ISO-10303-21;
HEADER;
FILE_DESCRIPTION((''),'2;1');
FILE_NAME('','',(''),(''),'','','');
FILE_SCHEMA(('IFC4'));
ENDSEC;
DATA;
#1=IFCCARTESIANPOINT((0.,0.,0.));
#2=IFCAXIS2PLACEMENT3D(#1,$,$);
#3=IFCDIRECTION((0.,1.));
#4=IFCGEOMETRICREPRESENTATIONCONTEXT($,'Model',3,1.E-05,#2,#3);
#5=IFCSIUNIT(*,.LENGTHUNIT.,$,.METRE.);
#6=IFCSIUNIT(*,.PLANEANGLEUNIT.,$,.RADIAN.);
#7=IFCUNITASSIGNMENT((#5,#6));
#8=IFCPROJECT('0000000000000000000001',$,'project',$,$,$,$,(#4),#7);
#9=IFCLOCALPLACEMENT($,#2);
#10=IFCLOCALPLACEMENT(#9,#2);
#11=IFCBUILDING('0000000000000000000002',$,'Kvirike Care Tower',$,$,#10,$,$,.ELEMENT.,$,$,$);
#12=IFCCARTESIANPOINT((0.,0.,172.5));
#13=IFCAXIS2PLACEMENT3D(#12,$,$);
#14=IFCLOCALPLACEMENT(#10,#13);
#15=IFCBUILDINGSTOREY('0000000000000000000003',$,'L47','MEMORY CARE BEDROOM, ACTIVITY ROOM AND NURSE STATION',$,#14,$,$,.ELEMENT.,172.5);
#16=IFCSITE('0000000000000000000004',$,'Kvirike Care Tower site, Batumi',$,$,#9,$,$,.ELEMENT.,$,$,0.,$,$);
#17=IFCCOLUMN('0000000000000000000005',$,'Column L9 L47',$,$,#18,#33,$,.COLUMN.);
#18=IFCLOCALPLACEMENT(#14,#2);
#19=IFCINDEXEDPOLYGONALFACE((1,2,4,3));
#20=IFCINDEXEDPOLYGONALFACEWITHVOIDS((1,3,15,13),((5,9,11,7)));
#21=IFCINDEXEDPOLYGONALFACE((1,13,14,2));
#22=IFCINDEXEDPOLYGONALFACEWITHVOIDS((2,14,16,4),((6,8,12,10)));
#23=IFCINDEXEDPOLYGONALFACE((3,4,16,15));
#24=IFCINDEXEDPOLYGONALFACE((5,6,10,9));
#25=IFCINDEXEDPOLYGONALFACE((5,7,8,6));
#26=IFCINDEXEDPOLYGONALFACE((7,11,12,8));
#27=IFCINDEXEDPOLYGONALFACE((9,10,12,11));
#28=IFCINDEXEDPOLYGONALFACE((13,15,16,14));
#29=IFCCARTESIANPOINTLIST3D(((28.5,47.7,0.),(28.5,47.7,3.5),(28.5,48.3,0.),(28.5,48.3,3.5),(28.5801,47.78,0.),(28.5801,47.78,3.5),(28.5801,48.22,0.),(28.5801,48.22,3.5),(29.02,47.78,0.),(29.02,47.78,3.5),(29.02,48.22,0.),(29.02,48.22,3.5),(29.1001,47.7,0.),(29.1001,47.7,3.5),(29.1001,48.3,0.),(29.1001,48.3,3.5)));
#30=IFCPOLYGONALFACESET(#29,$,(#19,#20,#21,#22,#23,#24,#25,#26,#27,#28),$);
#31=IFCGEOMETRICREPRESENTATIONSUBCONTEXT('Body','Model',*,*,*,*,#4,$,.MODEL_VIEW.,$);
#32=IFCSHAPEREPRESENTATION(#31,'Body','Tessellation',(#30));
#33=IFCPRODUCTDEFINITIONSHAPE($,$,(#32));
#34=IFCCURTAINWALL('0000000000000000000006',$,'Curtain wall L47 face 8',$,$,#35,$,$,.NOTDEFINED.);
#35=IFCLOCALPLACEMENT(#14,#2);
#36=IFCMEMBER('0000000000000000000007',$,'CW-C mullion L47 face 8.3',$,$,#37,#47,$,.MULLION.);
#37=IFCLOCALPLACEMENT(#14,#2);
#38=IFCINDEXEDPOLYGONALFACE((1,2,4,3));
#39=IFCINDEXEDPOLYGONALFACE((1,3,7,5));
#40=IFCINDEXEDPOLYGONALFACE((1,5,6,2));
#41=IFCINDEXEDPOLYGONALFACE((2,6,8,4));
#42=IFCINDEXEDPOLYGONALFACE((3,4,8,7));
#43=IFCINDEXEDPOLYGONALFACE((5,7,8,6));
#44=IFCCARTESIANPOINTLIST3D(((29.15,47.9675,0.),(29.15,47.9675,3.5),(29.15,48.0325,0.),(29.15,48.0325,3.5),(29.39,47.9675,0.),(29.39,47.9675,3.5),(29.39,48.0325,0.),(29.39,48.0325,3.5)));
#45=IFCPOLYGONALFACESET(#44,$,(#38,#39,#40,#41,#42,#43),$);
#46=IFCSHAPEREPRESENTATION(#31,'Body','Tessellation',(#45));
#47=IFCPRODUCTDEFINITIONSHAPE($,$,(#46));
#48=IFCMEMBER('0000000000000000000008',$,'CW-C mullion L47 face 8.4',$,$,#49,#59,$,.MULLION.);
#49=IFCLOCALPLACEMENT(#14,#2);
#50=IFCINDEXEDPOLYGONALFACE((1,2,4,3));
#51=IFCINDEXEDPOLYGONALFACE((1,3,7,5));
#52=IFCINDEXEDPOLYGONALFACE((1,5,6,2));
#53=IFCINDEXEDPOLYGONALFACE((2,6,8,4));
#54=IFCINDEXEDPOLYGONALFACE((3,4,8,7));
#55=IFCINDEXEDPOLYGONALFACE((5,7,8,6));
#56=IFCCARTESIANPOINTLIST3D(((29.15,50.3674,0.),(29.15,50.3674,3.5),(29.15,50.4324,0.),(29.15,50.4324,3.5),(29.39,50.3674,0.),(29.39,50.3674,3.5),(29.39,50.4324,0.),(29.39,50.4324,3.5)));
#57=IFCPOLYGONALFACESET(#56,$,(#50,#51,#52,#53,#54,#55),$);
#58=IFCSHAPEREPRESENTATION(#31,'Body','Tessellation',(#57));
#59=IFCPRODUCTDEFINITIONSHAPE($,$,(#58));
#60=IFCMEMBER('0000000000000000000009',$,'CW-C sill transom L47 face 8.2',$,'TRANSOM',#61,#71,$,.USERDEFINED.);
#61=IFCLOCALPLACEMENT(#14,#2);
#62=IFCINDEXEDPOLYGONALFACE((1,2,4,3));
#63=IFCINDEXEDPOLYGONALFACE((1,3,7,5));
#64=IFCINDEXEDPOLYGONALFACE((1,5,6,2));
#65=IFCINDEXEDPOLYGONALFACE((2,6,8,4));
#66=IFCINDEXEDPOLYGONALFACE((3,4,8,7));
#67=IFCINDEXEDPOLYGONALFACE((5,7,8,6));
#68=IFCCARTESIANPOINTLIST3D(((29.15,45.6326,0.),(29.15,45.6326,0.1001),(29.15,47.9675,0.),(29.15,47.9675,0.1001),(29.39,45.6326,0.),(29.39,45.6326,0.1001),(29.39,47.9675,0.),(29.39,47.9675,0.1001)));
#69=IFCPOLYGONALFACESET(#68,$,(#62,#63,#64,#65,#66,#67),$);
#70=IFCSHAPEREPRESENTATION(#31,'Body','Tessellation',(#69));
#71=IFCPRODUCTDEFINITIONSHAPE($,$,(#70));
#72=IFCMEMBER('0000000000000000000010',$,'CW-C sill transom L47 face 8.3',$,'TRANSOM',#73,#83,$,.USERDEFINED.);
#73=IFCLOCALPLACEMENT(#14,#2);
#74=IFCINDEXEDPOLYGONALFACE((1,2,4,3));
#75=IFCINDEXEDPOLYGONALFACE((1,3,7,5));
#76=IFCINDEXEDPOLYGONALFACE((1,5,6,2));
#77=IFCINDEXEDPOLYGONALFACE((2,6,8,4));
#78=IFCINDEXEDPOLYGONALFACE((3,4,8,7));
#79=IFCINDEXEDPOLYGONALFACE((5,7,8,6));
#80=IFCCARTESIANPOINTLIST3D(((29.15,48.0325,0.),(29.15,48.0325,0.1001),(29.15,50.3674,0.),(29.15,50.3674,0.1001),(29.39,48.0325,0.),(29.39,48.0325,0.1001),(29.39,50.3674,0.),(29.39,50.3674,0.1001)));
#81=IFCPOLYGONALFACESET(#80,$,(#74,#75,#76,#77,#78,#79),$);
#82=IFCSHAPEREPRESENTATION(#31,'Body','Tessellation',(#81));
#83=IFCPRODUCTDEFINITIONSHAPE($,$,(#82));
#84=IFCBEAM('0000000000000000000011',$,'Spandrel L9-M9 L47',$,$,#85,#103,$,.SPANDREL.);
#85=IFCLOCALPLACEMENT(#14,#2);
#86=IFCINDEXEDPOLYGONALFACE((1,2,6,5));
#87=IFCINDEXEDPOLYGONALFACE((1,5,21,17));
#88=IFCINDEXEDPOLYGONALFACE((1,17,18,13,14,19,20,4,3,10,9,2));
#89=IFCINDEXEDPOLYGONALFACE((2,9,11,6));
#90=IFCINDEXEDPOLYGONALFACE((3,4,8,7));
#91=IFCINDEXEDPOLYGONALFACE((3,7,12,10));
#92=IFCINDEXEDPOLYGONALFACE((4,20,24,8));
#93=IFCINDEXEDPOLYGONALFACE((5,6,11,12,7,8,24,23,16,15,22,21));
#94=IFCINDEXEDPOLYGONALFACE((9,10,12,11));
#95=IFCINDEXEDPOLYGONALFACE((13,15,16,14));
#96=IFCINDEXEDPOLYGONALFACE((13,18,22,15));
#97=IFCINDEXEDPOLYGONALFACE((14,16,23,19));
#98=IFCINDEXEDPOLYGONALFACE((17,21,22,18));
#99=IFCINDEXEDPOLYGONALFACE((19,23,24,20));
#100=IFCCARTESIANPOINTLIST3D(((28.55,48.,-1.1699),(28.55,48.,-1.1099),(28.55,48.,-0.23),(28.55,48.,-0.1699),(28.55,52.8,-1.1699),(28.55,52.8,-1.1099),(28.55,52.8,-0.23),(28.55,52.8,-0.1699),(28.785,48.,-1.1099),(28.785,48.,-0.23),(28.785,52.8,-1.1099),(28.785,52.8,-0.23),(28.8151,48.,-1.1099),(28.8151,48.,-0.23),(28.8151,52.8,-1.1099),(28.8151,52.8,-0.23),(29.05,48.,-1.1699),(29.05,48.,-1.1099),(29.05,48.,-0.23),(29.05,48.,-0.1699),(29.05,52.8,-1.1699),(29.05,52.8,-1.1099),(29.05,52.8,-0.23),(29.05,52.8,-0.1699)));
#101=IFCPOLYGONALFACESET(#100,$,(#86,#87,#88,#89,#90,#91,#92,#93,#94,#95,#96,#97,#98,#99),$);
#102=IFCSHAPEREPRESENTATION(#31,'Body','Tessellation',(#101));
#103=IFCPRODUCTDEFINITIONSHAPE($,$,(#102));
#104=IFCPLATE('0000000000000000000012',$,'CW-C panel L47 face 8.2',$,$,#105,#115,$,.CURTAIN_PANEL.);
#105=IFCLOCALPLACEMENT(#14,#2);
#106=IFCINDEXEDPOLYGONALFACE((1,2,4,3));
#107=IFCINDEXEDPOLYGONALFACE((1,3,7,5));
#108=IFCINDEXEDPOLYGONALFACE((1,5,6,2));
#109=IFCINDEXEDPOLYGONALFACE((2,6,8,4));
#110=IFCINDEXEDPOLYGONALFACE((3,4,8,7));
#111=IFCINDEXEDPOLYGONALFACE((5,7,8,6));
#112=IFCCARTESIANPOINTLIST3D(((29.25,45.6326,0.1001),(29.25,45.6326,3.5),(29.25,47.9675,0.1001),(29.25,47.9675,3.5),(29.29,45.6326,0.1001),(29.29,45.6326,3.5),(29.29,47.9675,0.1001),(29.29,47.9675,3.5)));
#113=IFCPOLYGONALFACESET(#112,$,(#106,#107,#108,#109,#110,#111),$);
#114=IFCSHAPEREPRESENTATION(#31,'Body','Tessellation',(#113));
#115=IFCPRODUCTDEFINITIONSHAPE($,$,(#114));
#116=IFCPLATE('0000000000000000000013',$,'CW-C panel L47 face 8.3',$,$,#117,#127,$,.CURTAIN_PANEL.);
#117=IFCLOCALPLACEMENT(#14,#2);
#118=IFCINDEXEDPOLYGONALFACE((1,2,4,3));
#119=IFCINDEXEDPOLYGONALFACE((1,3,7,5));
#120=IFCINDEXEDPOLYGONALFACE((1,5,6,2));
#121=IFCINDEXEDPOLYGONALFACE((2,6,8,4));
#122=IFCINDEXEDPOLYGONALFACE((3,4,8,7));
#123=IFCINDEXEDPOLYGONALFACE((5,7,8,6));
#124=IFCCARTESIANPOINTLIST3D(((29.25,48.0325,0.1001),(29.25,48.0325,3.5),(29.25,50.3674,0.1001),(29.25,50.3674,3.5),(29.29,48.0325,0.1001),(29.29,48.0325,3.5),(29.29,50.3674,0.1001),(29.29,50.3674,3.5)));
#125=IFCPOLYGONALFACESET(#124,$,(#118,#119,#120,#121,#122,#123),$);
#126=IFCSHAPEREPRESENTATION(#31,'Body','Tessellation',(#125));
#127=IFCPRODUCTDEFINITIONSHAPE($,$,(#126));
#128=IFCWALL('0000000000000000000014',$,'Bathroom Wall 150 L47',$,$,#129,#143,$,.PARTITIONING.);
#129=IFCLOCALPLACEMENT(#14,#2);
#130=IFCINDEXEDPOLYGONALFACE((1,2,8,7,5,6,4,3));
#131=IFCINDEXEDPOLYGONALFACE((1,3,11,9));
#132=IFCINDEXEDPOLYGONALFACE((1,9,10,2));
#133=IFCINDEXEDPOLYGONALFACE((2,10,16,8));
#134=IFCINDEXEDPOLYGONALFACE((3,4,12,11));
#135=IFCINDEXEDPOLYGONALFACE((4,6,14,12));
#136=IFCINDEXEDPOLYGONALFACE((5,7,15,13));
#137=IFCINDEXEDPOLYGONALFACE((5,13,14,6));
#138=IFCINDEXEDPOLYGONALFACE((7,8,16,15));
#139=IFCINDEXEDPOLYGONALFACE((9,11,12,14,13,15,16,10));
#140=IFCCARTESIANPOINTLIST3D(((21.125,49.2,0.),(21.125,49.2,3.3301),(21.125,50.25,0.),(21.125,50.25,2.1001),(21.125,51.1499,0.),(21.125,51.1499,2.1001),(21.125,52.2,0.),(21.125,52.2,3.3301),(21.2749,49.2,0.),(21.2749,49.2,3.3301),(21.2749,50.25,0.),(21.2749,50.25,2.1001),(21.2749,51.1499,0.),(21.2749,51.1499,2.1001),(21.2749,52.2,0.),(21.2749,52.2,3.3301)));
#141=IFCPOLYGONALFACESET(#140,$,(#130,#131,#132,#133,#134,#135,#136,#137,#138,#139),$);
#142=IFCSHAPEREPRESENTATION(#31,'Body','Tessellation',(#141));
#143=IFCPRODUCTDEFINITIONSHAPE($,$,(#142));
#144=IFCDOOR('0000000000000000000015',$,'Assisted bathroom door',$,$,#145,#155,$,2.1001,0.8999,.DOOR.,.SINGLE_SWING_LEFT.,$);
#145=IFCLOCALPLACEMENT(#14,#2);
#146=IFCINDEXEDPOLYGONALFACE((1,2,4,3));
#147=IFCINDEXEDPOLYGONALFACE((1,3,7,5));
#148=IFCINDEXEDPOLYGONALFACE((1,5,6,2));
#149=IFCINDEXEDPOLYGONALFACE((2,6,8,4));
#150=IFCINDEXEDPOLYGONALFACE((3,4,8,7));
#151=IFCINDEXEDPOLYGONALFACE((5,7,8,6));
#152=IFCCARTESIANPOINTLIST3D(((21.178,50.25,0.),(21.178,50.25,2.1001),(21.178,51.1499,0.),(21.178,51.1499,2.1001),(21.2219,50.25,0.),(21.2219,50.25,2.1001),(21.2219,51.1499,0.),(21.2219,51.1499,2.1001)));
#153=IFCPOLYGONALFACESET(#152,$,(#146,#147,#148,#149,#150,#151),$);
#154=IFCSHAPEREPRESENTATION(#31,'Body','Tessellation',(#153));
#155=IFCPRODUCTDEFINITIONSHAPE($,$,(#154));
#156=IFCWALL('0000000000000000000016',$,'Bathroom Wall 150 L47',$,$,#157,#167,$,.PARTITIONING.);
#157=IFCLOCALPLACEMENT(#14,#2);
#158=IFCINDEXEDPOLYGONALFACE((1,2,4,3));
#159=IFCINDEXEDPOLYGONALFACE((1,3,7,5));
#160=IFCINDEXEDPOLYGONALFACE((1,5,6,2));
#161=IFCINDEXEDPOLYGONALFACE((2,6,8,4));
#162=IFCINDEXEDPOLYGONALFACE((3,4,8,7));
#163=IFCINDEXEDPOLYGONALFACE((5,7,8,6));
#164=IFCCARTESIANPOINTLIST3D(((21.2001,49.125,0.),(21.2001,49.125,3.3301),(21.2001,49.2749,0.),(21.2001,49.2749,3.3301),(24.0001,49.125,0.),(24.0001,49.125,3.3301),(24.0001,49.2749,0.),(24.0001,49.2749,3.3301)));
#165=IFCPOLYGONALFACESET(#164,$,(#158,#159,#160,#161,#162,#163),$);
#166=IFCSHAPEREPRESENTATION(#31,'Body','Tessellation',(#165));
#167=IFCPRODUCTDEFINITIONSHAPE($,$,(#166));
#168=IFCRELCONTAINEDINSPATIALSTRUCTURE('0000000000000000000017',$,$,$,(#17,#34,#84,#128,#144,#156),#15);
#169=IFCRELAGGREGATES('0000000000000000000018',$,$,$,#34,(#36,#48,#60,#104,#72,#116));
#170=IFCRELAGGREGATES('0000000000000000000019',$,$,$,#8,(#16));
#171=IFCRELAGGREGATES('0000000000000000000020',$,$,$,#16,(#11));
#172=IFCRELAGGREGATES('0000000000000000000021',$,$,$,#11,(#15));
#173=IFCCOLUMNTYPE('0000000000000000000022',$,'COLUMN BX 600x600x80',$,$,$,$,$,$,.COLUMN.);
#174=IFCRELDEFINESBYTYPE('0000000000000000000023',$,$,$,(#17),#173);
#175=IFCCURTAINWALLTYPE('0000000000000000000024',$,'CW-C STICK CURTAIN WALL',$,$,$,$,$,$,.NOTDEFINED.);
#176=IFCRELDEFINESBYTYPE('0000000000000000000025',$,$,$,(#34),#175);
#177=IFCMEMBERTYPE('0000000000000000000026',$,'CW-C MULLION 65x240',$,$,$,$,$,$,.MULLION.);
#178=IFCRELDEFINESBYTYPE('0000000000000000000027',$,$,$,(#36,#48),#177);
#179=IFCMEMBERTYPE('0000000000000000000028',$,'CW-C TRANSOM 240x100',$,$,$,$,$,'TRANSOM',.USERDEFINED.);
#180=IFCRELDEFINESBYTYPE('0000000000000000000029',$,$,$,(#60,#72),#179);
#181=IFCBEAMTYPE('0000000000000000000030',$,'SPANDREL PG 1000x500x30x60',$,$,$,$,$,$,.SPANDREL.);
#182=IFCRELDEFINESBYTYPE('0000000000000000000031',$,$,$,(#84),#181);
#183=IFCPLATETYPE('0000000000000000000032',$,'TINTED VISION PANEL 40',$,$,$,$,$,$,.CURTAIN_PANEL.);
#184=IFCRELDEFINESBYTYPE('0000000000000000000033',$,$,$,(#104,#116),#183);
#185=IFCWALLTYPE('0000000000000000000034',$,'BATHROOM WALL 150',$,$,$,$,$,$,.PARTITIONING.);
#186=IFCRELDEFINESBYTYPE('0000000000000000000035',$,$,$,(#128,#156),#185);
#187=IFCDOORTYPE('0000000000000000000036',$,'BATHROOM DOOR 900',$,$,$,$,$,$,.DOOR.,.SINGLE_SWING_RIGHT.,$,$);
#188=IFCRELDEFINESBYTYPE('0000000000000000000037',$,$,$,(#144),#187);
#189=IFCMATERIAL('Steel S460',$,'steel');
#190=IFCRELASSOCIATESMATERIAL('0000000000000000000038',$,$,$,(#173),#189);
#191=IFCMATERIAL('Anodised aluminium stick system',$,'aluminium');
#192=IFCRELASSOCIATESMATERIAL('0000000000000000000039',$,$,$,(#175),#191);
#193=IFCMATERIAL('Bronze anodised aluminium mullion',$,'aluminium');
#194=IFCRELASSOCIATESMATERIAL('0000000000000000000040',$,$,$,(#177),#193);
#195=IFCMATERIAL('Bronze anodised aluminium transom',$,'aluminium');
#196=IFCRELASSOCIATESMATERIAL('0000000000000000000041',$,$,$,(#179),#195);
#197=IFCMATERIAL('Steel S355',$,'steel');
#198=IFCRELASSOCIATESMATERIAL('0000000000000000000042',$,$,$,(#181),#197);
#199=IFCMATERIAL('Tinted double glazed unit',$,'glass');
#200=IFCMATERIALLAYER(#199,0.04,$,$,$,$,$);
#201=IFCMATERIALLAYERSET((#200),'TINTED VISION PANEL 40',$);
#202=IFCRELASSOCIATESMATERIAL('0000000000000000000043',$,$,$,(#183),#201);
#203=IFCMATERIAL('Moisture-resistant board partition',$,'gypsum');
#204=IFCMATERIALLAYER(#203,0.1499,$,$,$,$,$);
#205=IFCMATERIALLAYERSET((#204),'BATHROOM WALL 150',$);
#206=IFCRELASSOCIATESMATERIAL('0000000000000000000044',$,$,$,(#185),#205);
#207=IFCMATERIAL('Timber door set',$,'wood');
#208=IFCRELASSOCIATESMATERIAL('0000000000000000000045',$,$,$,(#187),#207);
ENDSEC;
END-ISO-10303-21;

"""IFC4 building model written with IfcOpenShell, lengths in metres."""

from ifc_helpers import new_model, si_unit, direction, frame, frame_2d, origin, origin_2d, place, context, subcontext, project, spatial, rectangle, hollow_rectangle, i_section, extrude, material, layer, layer_set, material_profile, profile_set, type_object, element, fill, aggregate, save


model = new_model("IFC4")

# Units and contexts
model_context = context("Model", 3, precision=1e-05, world=origin(), true_north=direction((0.0, 1.0)))
body_context = subcontext(model_context, "Body", "Model", "MODEL_VIEW")
ifc_project = project(units=[si_unit("LENGTHUNIT", "METRE"), si_unit("PLANEANGLEUNIT", "RADIAN")], contexts=[model_context])

# Site, building, storey
site_placement = place(None, origin())
site = spatial("IfcSite", under=ifc_project, at=site_placement, Name="Kvirike Care Tower site, Batumi", CompositionType="ELEMENT", RefElevation=0.0)
building_placement = place(site_placement, origin())
building = spatial("IfcBuilding", under=site, at=building_placement, Name="Kvirike Care Tower", CompositionType="ELEMENT")
storey_placement = place(building_placement, frame((0.0, 0.0, 172.5)))
storey = spatial("IfcBuildingStorey", under=building, at=storey_placement, Name="L47", Description="MEMORY CARE BEDROOM, ACTIVITY ROOM AND NURSE STATION", CompositionType="ELEMENT", Elevation=172.5)

# Column
ifc_material_1 = material(Name="Steel S460", Category="steel")
ifc_material_profile_1 = material_profile(ifc_material_1, hollow_rectangle(XDim=0.6001, YDim=0.6001, WallThickness=0.0801, at=origin_2d()), Name="BX 600x600x80")
ifc_profile_set_1 = profile_set([ifc_material_profile_1], Name="Steel S460")
column_type = type_object("IfcColumnType", Name="COLUMN BX 600x600x80", PredefinedType="COLUMN", material=ifc_profile_set_1)
column_placement = place(storey_placement, frame((28.8, 48.0, 0.0), z_axis=(0.0, 0.0, 1.0), x_axis=(1.0, 0.0, 0.0)))
element("IfcColumn", 1, at=column_placement, inside=storey, type_object=column_type, Name="Column L9 L47", PredefinedType="COLUMN", context=body_context, shape_type="SweptSolid", body=[
    extrude(hollow_rectangle(XDim=0.6001, YDim=0.6001, WallThickness=0.0801, at=origin_2d()), origin(), (0.0, 0.0, 1.0), 3.5),
])

# Curtain wall, members
ifc_material_2 = material(Name="Anodised aluminium stick system", Category="aluminium")
curtain_wall_type = type_object("IfcCurtainWallType", Name="CW-C STICK CURTAIN WALL", PredefinedType="NOTDEFINED", material=ifc_material_2)
curtain_wall_placement = place(storey_placement, origin())
curtain_wall = element("IfcCurtainWall", 2, at=curtain_wall_placement, inside=storey, type_object=curtain_wall_type, Name="Curtain wall L47 face 8", PredefinedType="NOTDEFINED")
ifc_material_3 = material(Name="Bronze anodised aluminium mullion", Category="aluminium")
ifc_material_profile_2 = material_profile(ifc_material_3, rectangle(XDim=0.0649, YDim=0.24, at=origin_2d()), Name="CW-C MULLION 65x240")
ifc_profile_set_2 = profile_set([ifc_material_profile_2], Name="Bronze anodised aluminium mullion")
member_type_1 = type_object("IfcMemberType", Name="CW-C MULLION 65x240", PredefinedType="MULLION", material=ifc_profile_set_2)
member_1_placement = place(storey_placement, frame((29.27, 48.0, 0.0), z_axis=(0.0, 0.0, 1.0), x_axis=(0.0, 1.0, 0.0)))
member_1 = element("IfcMember", 3, at=member_1_placement, type_object=member_type_1, Name="CW-C mullion L47 face 8.3", PredefinedType="MULLION", context=body_context, shape_type="SweptSolid", body=[
    extrude(rectangle(XDim=0.0649, YDim=0.24, at=origin_2d()), origin(), (0.0, 0.0, 1.0), 3.5),
])
member_2_placement = place(storey_placement, frame((29.27, 50.3999, 0.0), z_axis=(0.0, 0.0, 1.0), x_axis=(0.0, 1.0, 0.0)))
member_2 = element("IfcMember", 4, at=member_2_placement, type_object=member_type_1, Name="CW-C mullion L47 face 8.4", PredefinedType="MULLION", context=body_context, shape_type="SweptSolid", body=[
    extrude(rectangle(XDim=0.0649, YDim=0.24, at=origin_2d()), origin(), (0.0, 0.0, 1.0), 3.5),
])
ifc_material_4 = material(Name="Bronze anodised aluminium transom", Category="aluminium")
ifc_material_profile_3 = material_profile(ifc_material_4, rectangle(XDim=0.24, YDim=0.1001, at=origin_2d()), Name="CW-C TRANSOM 240x100")
ifc_profile_set_3 = profile_set([ifc_material_profile_3], Name="Bronze anodised aluminium transom")
member_type_2 = type_object("IfcMemberType", Name="CW-C TRANSOM 240x100", ElementType="TRANSOM", PredefinedType="USERDEFINED", material=ifc_profile_set_3)
member_3_placement = place(storey_placement, frame((29.27, 45.6326, 0.05), z_axis=(0.0, 1.0, 0.0), x_axis=(-1.0, 0.0, 0.0)))
member_3 = element("IfcMember", 5, at=member_3_placement, type_object=member_type_2, Name="CW-C sill transom L47 face 8.2", ObjectType="TRANSOM", PredefinedType="USERDEFINED", context=body_context, shape_type="SweptSolid", body=[
    extrude(rectangle(XDim=0.24, YDim=0.1001, at=origin_2d()), origin(), (0.0, 0.0, 1.0), 2.335),
])
member_4_placement = place(storey_placement, frame((29.27, 48.0325, 0.05), z_axis=(0.0, 1.0, 0.0), x_axis=(-1.0, 0.0, 0.0)))
member_4 = element("IfcMember", 6, at=member_4_placement, type_object=member_type_2, Name="CW-C sill transom L47 face 8.3", ObjectType="TRANSOM", PredefinedType="USERDEFINED", context=body_context, shape_type="SweptSolid", body=[
    extrude(rectangle(XDim=0.24, YDim=0.1001, at=origin_2d()), origin(), (0.0, 0.0, 1.0), 2.335),
])

# Beam
ifc_material_5 = material(Name="Steel S355", Category="steel")
ifc_material_profile_4 = material_profile(ifc_material_5, i_section(OverallWidth=0.5, OverallDepth=1.0, WebThickness=0.03, FlangeThickness=0.0601, at=origin_2d()), Name="PG 1000x500x30x60")
ifc_profile_set_4 = profile_set([ifc_material_profile_4], Name="Steel S355")
beam_type = type_object("IfcBeamType", Name="SPANDREL PG 1000x500x30x60", PredefinedType="SPANDREL", material=ifc_profile_set_4)
beam_placement = place(storey_placement, frame((28.8, 48.0, -0.6699), z_axis=(0.0, 1.0, 0.0), x_axis=(-1.0, 0.0, 0.0)))
element("IfcBeam", 7, at=beam_placement, inside=storey, type_object=beam_type, Name="Spandrel L9-M9 L47", PredefinedType="SPANDREL", context=body_context, shape_type="SweptSolid", body=[
    extrude(i_section(OverallWidth=0.5, OverallDepth=1.0, WebThickness=0.03, FlangeThickness=0.0601, at=origin_2d()), origin(), (0.0, 0.0, 1.0), 4.8),
])

# Plates
ifc_material_6 = material(Name="Tinted double glazed unit", Category="glass")
ifc_layer_1 = layer(ifc_material_6, 0.04)
ifc_layer_set_1 = layer_set([ifc_layer_1], Name="TINTED VISION PANEL 40")
plate_type = type_object("IfcPlateType", Name="TINTED VISION PANEL 40", PredefinedType="CURTAIN_PANEL", material=ifc_layer_set_1)
plate_1_placement = place(storey_placement, frame((29.27, 46.8, 0.1001), z_axis=(0.0, 0.0, 1.0), x_axis=(0.0, 1.0, 0.0)))
plate_1 = element("IfcPlate", 8, at=plate_1_placement, type_object=plate_type, Name="CW-C panel L47 face 8.2", PredefinedType="CURTAIN_PANEL", context=body_context, shape_type="SweptSolid", body=[
    extrude(rectangle(XDim=2.335, YDim=0.04, at=origin_2d()), origin(), (0.0, 0.0, 1.0), 3.3999),
])
plate_2_placement = place(storey_placement, frame((29.27, 49.2, 0.1001), z_axis=(0.0, 0.0, 1.0), x_axis=(0.0, 1.0, 0.0)))
plate_2 = element("IfcPlate", 9, at=plate_2_placement, type_object=plate_type, Name="CW-C panel L47 face 8.3", PredefinedType="CURTAIN_PANEL", context=body_context, shape_type="SweptSolid", body=[
    extrude(rectangle(XDim=2.335, YDim=0.04, at=origin_2d()), origin(), (0.0, 0.0, 1.0), 3.3999),
])
aggregate(curtain_wall, [member_1, member_2, member_3, plate_1, member_4, plate_2])

# Wall, opening, door
ifc_material_7 = material(Name="Moisture-resistant board partition", Category="gypsum")
ifc_layer_2 = layer(ifc_material_7, 0.1499)
ifc_layer_set_2 = layer_set([ifc_layer_2], Name="BATHROOM WALL 150")
wall_type_1 = type_object("IfcWallType", Name="BATHROOM WALL 150", PredefinedType="PARTITIONING", material=ifc_layer_set_2)
wall_1_placement = place(storey_placement, frame((21.2, 52.2, 0.0), z_axis=(0.0, 0.0, 1.0), x_axis=(0.0, -1.0, 0.0)))
wall_1 = element("IfcWall", 10, at=wall_1_placement, inside=storey, type_object=wall_type_1, Name="Bathroom Wall 150 L47", PredefinedType="PARTITIONING", context=body_context, shape_type="SweptSolid", body=[
    extrude(rectangle(XDim=3.0, YDim=0.1499, at=frame_2d((1.5, 0.0))), origin(), (0.0, 0.0, 1.0), 3.3301),
])
opening_1_placement = place(wall_1_placement, frame((1.05, 0.0, 0.0)))
opening_1 = element("IfcOpeningElement", 11, at=opening_1_placement, cuts=wall_1, PredefinedType="OPENING", context=body_context, shape_type="SweptSolid", body=[
    extrude(rectangle(XDim=0.8999, YDim=2.1001, at=frame_2d((0.45, 1.05))), frame((0.0, 0.0854, 0.0), z_axis=(0.0, -1.0, 0.0), x_axis=(1.0, 0.0, 0.0)), (0.0, 0.0, 1.0), 0.1709),
])
ifc_material_8 = material(Name="Timber door set", Category="wood")
door_type_1 = type_object("IfcDoorType", Name="BATHROOM DOOR 900", OperationType="SINGLE_SWING_RIGHT", PredefinedType="DOOR", material=ifc_material_8)
door_1_placement = place(opening_1_placement, origin())
door_1 = element("IfcDoor", 12, at=door_1_placement, inside=storey, type_object=door_type_1, Name="Assisted bathroom door", OperationType="SINGLE_SWING_LEFT", OverallHeight=2.1001, OverallWidth=0.8999, PredefinedType="DOOR", context=body_context, shape_type="SweptSolid", body=[
    extrude(rectangle(XDim=0.8999, YDim=2.1001, at=frame_2d((0.45, 1.05))), frame((0.0, 0.022, 0.0), z_axis=(0.0, -1.0, 0.0), x_axis=(1.0, 0.0, 0.0)), (0.0, 0.0, 1.0), 0.0439),
])
fill(opening_1, door_1)

# Wall
wall_2_placement = place(storey_placement, frame((24.0, 49.2, 0.0), z_axis=(0.0, 0.0, 1.0), x_axis=(-1.0, 0.0, 0.0)))
element("IfcWall", 13, at=wall_2_placement, inside=storey, type_object=wall_type_1, Name="Bathroom Wall 150 L47", PredefinedType="PARTITIONING", context=body_context, shape_type="SweptSolid", body=[
    extrude(rectangle(XDim=2.8, YDim=0.1499, at=frame_2d((1.3999, 0.0))), origin(), (0.0, 0.0, 1.0), 3.3301),
])

save(model, "model.ifc")
